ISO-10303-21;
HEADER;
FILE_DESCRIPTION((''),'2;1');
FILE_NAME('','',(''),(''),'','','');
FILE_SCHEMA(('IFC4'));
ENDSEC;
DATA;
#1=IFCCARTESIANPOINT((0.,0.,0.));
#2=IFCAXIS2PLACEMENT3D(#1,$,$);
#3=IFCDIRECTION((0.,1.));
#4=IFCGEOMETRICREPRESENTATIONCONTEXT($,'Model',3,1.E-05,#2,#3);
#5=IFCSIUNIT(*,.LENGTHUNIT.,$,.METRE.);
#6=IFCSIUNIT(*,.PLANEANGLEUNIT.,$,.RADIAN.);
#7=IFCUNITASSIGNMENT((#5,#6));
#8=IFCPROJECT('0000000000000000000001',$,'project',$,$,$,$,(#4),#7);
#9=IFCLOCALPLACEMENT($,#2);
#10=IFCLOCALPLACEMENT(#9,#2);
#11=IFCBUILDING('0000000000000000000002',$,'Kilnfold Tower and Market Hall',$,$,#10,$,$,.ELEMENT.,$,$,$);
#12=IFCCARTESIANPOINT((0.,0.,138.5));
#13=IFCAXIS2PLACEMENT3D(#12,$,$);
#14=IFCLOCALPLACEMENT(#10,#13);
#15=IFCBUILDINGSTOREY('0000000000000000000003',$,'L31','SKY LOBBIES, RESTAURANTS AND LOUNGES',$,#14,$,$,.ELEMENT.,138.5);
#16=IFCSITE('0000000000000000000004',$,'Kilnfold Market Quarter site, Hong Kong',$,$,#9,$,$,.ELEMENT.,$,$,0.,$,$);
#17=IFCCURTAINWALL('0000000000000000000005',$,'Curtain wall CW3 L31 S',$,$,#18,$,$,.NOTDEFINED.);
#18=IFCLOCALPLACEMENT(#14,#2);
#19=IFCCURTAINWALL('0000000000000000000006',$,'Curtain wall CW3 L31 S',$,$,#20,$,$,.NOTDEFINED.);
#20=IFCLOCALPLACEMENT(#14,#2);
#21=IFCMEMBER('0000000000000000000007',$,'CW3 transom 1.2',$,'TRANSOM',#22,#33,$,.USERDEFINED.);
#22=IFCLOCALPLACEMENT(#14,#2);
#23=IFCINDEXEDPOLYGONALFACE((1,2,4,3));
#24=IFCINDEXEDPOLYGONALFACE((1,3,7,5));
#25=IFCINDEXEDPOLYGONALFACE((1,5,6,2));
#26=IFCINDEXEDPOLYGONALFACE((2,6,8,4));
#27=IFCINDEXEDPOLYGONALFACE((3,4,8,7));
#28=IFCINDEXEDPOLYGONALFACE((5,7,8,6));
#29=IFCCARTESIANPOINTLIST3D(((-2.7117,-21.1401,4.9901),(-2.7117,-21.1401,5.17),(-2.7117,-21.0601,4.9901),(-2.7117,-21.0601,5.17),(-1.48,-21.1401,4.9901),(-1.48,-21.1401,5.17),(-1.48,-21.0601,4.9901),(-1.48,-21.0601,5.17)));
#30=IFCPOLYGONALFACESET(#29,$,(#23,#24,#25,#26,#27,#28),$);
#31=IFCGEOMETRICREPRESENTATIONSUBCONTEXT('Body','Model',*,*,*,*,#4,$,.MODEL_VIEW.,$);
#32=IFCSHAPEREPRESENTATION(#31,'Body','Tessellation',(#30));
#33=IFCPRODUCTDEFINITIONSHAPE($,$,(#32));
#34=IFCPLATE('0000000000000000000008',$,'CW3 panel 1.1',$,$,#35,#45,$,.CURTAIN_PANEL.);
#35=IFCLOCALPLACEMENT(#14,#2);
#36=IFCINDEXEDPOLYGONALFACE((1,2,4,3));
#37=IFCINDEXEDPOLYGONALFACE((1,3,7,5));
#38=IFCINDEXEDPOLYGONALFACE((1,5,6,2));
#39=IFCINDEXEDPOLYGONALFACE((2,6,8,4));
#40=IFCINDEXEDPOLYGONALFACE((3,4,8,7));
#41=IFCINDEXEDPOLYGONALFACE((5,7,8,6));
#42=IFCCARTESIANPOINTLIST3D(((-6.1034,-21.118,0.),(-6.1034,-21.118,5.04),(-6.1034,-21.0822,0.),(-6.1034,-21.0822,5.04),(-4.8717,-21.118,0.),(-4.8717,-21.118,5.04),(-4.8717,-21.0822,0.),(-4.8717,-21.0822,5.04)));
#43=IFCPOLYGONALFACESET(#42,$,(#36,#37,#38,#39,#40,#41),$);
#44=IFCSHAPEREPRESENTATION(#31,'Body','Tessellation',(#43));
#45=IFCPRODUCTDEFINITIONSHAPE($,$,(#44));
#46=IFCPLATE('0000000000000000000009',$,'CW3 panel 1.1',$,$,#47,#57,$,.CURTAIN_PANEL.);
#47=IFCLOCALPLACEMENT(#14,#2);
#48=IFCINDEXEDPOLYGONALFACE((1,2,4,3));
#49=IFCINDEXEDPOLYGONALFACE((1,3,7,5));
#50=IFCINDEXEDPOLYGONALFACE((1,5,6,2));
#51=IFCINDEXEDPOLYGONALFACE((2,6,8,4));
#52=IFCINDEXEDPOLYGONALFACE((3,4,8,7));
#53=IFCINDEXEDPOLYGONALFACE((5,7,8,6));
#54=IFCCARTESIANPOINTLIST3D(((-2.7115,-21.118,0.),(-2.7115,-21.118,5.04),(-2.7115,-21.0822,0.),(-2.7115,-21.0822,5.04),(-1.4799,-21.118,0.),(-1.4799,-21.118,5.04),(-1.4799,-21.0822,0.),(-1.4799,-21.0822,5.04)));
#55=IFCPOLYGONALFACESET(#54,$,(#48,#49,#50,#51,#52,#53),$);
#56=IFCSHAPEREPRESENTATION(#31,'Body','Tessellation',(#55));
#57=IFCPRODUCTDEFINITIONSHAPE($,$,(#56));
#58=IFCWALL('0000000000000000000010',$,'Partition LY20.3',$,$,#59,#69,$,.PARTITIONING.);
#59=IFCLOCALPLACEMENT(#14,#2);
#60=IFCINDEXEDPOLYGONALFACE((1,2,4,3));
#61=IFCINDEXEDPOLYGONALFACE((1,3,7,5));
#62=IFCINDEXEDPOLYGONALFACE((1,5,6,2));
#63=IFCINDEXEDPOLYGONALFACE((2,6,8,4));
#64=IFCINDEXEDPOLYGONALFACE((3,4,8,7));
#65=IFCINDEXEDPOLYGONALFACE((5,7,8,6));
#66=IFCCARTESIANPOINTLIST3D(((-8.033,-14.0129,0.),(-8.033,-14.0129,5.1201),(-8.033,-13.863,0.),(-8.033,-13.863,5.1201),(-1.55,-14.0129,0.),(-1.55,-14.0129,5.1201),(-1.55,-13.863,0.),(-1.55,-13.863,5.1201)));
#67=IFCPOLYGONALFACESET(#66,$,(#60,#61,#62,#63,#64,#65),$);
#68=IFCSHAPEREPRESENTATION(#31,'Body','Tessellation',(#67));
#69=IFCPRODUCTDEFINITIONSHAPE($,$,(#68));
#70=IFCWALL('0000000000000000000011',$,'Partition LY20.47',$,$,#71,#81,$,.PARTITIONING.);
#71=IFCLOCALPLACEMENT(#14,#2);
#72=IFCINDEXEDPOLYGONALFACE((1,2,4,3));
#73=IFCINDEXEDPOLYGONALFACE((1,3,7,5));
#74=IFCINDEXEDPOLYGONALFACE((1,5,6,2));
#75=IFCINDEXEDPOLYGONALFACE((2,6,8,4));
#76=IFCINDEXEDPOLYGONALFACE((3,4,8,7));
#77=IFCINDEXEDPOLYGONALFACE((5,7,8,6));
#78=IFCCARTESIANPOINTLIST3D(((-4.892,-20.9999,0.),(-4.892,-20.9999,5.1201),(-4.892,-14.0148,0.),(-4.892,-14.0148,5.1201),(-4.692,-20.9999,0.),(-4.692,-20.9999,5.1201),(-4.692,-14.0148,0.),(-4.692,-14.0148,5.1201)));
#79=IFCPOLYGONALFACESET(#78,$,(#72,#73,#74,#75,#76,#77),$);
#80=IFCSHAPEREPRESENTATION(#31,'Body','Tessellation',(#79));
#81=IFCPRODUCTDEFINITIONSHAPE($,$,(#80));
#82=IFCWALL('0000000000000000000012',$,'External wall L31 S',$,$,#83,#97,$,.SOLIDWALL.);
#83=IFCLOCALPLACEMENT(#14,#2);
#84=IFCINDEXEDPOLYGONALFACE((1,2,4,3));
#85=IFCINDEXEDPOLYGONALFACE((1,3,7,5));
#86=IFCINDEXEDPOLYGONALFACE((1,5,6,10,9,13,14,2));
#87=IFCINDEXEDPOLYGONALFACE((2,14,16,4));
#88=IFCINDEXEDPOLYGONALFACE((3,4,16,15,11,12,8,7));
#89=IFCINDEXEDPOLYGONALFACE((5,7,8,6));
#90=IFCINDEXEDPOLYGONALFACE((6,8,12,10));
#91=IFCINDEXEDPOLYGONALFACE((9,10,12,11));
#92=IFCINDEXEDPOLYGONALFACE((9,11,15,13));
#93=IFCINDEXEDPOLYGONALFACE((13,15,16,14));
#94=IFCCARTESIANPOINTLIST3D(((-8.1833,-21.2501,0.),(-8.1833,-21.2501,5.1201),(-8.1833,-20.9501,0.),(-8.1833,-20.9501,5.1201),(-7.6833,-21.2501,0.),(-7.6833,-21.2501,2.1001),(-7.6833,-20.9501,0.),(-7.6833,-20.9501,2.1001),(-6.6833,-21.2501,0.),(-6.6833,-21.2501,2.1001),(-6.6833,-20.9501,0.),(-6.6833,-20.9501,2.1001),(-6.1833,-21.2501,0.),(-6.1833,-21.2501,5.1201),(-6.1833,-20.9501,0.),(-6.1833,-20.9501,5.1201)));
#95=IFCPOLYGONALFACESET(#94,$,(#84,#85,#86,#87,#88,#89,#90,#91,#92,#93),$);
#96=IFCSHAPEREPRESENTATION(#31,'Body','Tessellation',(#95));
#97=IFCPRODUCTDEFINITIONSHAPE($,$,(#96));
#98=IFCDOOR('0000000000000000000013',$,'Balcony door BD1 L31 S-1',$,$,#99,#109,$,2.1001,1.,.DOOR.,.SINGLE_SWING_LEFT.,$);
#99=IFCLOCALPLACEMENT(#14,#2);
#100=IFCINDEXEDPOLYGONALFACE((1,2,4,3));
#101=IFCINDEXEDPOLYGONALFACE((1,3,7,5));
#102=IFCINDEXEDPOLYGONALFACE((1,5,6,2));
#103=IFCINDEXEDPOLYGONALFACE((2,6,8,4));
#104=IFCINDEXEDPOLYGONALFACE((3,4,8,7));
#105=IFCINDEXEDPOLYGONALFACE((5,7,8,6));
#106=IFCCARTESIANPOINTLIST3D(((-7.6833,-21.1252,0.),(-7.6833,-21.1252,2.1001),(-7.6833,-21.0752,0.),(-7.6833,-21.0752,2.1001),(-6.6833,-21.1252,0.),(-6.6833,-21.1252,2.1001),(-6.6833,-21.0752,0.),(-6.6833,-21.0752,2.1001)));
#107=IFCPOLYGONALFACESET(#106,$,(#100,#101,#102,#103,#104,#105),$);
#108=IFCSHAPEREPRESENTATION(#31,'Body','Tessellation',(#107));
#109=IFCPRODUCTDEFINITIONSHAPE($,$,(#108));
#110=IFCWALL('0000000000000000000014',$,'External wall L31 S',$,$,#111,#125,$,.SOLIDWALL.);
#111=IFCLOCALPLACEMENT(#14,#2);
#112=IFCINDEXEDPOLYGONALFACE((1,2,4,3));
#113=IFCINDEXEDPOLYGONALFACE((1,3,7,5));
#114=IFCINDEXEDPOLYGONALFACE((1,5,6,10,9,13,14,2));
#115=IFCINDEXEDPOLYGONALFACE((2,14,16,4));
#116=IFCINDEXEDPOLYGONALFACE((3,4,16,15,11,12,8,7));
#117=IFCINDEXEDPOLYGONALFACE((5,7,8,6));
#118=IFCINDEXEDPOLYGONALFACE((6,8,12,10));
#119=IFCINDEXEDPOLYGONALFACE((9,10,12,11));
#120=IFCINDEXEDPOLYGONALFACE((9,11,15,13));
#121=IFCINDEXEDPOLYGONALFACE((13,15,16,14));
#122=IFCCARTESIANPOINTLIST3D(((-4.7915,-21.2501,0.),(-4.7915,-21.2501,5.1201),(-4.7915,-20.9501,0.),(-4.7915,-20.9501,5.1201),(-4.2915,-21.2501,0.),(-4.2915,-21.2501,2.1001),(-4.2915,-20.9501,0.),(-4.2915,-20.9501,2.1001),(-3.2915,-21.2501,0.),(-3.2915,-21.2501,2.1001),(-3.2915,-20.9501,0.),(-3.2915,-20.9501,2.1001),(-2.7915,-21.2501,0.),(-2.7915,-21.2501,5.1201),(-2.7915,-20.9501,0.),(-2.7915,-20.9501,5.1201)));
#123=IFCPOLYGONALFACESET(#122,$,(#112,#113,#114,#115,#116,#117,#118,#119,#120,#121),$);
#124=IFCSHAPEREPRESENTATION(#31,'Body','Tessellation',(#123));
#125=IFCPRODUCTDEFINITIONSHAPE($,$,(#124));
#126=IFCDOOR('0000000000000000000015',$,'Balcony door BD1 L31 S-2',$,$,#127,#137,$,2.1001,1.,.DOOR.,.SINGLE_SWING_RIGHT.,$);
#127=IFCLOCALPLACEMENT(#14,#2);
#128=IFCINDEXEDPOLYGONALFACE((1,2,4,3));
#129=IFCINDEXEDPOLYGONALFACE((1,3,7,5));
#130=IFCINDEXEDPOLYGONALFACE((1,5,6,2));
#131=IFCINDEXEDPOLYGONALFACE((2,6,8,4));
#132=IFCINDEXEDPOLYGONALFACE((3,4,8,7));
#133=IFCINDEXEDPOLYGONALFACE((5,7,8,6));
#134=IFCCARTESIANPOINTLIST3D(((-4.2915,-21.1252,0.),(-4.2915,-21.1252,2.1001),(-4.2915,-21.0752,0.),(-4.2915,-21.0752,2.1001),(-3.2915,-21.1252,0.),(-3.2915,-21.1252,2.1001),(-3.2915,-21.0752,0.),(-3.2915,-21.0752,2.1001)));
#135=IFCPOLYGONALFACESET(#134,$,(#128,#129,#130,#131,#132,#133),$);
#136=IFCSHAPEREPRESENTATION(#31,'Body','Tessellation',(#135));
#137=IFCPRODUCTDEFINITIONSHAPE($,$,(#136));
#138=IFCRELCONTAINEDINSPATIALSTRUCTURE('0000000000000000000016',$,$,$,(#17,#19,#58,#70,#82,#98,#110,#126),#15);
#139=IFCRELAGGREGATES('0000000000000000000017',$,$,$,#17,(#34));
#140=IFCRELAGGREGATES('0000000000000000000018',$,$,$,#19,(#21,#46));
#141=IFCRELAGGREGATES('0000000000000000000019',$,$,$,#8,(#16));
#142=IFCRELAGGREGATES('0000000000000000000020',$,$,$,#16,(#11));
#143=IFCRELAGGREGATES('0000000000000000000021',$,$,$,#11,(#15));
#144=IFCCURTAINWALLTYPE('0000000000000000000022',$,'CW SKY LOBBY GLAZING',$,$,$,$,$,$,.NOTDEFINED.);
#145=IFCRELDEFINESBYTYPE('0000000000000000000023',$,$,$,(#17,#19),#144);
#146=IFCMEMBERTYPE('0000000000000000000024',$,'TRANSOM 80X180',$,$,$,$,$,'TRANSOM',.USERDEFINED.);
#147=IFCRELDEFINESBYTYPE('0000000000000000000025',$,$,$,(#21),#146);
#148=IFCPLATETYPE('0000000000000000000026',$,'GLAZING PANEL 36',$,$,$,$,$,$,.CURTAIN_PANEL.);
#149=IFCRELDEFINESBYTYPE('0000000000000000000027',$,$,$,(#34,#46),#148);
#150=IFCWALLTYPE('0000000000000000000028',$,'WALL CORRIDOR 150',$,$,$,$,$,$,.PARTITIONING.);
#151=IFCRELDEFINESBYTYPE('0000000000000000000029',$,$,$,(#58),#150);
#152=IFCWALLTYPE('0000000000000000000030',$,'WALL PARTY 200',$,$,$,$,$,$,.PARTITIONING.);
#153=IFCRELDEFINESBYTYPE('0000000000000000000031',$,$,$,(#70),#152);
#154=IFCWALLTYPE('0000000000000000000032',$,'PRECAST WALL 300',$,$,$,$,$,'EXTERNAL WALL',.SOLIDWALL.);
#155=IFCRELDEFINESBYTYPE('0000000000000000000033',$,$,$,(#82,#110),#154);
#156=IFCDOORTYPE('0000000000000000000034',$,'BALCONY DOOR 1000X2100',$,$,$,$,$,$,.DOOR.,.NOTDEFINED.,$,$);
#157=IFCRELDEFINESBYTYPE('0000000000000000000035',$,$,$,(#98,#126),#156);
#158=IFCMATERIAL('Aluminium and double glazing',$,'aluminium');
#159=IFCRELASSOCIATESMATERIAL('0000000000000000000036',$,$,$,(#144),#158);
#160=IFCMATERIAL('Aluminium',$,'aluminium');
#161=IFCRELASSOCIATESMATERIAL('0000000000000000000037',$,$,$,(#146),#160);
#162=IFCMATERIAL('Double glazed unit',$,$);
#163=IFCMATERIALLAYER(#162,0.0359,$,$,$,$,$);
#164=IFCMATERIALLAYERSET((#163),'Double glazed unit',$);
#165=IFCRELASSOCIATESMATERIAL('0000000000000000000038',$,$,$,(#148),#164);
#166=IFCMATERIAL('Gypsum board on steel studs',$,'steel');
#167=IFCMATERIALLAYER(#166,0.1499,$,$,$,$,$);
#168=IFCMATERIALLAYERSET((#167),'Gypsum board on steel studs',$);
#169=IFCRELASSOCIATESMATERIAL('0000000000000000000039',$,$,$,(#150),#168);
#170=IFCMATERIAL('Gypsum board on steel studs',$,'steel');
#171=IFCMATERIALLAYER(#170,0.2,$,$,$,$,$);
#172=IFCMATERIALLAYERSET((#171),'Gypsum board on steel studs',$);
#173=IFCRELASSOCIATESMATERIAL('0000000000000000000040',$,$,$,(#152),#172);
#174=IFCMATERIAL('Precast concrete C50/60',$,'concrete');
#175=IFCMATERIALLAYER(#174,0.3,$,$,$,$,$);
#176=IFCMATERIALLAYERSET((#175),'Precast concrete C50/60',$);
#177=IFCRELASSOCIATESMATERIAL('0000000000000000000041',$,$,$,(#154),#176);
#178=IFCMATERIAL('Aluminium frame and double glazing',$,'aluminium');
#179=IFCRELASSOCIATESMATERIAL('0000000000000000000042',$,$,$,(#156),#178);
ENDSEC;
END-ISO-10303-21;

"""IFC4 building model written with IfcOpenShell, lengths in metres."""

from ifc_helpers import new_model, si_unit, direction, frame, frame_2d, origin, origin_2d, place, context, subcontext, project, spatial, rectangle, extrude, source, transform, mapped, material, layer, layer_set, material_profile, profile_set, type_object, element, fill, aggregate, save


model = new_model("IFC4")

# Units and contexts
model_context = context("Model", 3, precision=1e-05, world=origin(), true_north=direction((0.0, 1.0)))
body_context = subcontext(model_context, "Body", "Model", "MODEL_VIEW")
ifc_project = project(units=[si_unit("LENGTHUNIT", "METRE"), si_unit("PLANEANGLEUNIT", "RADIAN")], contexts=[model_context])

# Site, building, storey
site_placement = place(None, origin())
site = spatial("IfcSite", under=ifc_project, at=site_placement, Name="Kilnfold Market Quarter site, Hong Kong", CompositionType="ELEMENT", RefElevation=0.0)
building_placement = place(site_placement, origin())
building = spatial("IfcBuilding", under=site, at=building_placement, Name="Kilnfold Tower and Market Hall", CompositionType="ELEMENT")
storey_placement = place(building_placement, frame((0.0, 0.0, 138.5)))
storey = spatial("IfcBuildingStorey", under=building, at=storey_placement, Name="L31", Description="SKY LOBBIES, RESTAURANTS AND LOUNGES", CompositionType="ELEMENT", Elevation=138.5)

# Shared definitions
ifc_material_1 = material(Name="Aluminium and double glazing", Category="aluminium")
curtain_wall_type = type_object("IfcCurtainWallType", Name="CW SKY LOBBY GLAZING", PredefinedType="NOTDEFINED", material=ifc_material_1)

# Curtain wall
curtain_wall_1_placement = place(storey_placement, origin())
curtain_wall_1 = element("IfcCurtainWall", 1, at=curtain_wall_1_placement, inside=storey, type_object=curtain_wall_type, Name="Curtain wall CW3 L31 S", PredefinedType="NOTDEFINED")

# Curtain wall
curtain_wall_2_placement = place(storey_placement, origin())
curtain_wall_2 = element("IfcCurtainWall", 2, at=curtain_wall_2_placement, inside=storey, type_object=curtain_wall_type, Name="Curtain wall CW3 L31 S", PredefinedType="NOTDEFINED")

# Member
ifc_material_2 = material(Name="Aluminium", Category="aluminium")
ifc_material_profile_1 = material_profile(ifc_material_2, rectangle(XDim=0.0801, YDim=0.1799, at=origin_2d()), Name="TRANSOM 80x180")
ifc_profile_set_1 = profile_set([ifc_material_profile_1], Name="Aluminium")
member_type_1 = type_object("IfcMemberType", Name="TRANSOM 80X180", ElementType="TRANSOM", PredefinedType="USERDEFINED", material=ifc_profile_set_1)
shared_shape_1 = source(origin(), body_context, "Body", "SweptSolid", [
    extrude(rectangle(XDim=0.0801, YDim=0.1799, at=origin_2d()), origin(), (0.0, 0.0, 1.0), 1.2317),
])
member_1_placement = place(storey_placement, frame((-2.7117, -21.1001, 5.0801), z_axis=(1.0, 0.0, 0.0), x_axis=(0.0, 1.0, 0.0)))
member_1 = element("IfcMember", 3, at=member_1_placement, type_object=member_type_1, Name="CW3 transom 1.2", ObjectType="TRANSOM", PredefinedType="USERDEFINED", context=body_context, shape_type="MappedRepresentation", body=[
    mapped(shared_shape_1, transform((0.0, 0.0, 0.0))),
])

# Plates
ifc_material_3 = material(Name="Double glazed unit")
ifc_layer_1 = layer(ifc_material_3, 0.0359)
ifc_layer_set_1 = layer_set([ifc_layer_1], Name="Double glazed unit")
plate_type = type_object("IfcPlateType", Name="GLAZING PANEL 36", PredefinedType="CURTAIN_PANEL", material=ifc_layer_set_1)
shared_shape_2 = source(origin(), body_context, "Body", "SweptSolid", [
    extrude(rectangle(XDim=1.2317, YDim=0.0359, at=origin_2d()), origin(), (0.0, 0.0, 1.0), 5.04),
])
plate_1_placement = place(storey_placement, frame((-5.4875, -21.1001, 0.0), z_axis=(0.0, 0.0, 1.0), x_axis=(1.0, 0.0, 0.0)))
plate_1 = element("IfcPlate", 4, at=plate_1_placement, type_object=plate_type, Name="CW3 panel 1.1", PredefinedType="CURTAIN_PANEL", context=body_context, shape_type="MappedRepresentation", body=[
    mapped(shared_shape_2, transform((0.0, 0.0, 0.0))),
])
aggregate(curtain_wall_1, [plate_1])
plate_2_placement = place(storey_placement, frame((-2.0957, -21.1001, 0.0), z_axis=(0.0, 0.0, 1.0), x_axis=(1.0, 0.0, 0.0)))
plate_2 = element("IfcPlate", 5, at=plate_2_placement, type_object=plate_type, Name="CW3 panel 1.1", PredefinedType="CURTAIN_PANEL", context=body_context, shape_type="MappedRepresentation", body=[
    mapped(shared_shape_2, transform((0.0, 0.0, 0.0))),
])
aggregate(curtain_wall_2, [member_1, plate_2])

# Walls
ifc_material_4 = material(Name="Gypsum board on steel studs", Category="steel")
ifc_layer_2 = layer(ifc_material_4, 0.1499)
ifc_layer_set_2 = layer_set([ifc_layer_2], Name="Gypsum board on steel studs")
wall_type_1 = type_object("IfcWallType", Name="WALL CORRIDOR 150", PredefinedType="PARTITIONING", material=ifc_layer_set_2)
wall_1_placement = place(storey_placement, frame((-8.033, -13.938, 0.0), z_axis=(0.0, 0.0, 1.0), x_axis=(1.0, 0.0, 0.0)))
element("IfcWall", 6, at=wall_1_placement, inside=storey, type_object=wall_type_1, Name="Partition LY20.3", PredefinedType="PARTITIONING", context=body_context, shape_type="SweptSolid", body=[
    extrude(rectangle(XDim=6.4829, YDim=0.1499, at=frame_2d((3.2415, 0.0))), origin(), (0.0, 0.0, 1.0), 5.1201),
])
ifc_material_5 = material(Name="Gypsum board on steel studs", Category="steel")
ifc_layer_3 = layer(ifc_material_5, 0.2)
ifc_layer_set_3 = layer_set([ifc_layer_3], Name="Gypsum board on steel studs")
wall_type_2 = type_object("IfcWallType", Name="WALL PARTY 200", PredefinedType="PARTITIONING", material=ifc_layer_set_3)
wall_2_placement = place(storey_placement, frame((-4.792, -21.0, 0.0), z_axis=(0.0, 0.0, 1.0), x_axis=(0.0, 1.0, 0.0)))
element("IfcWall", 7, at=wall_2_placement, inside=storey, type_object=wall_type_2, Name="Partition LY20.47", PredefinedType="PARTITIONING", context=body_context, shape_type="SweptSolid", body=[
    extrude(rectangle(XDim=6.9851, YDim=0.2, at=frame_2d((3.4927, 0.0))), origin(), (0.0, 0.0, 1.0), 5.1201),
])

# Walls, openings, doors
ifc_material_6 = material(Name="Precast concrete C50/60", Category="concrete")
ifc_layer_4 = layer(ifc_material_6, 0.3)
ifc_layer_set_4 = layer_set([ifc_layer_4], Name="Precast concrete C50/60")
wall_type_3 = type_object("IfcWallType", Name="PRECAST WALL 300", ElementType="EXTERNAL WALL", PredefinedType="SOLIDWALL", material=ifc_layer_set_4)
shared_shape_3 = source(origin(), body_context, "Body", "SweptSolid", [
    extrude(rectangle(XDim=2.0, YDim=0.3, at=frame_2d((1.0, 0.0))), origin(), (0.0, 0.0, 1.0), 5.1201),
])
wall_3_placement = place(storey_placement, frame((-8.1833, -21.1001, 0.0), z_axis=(0.0, 0.0, 1.0), x_axis=(1.0, 0.0, 0.0)))
wall_3 = element("IfcWall", 8, at=wall_3_placement, inside=storey, type_object=wall_type_3, Name="External wall L31 S", PredefinedType="SOLIDWALL", context=body_context, shape_type="MappedRepresentation", body=[
    mapped(shared_shape_3, transform((0.0, 0.0, 0.0))),
])
opening_1_placement = place(wall_3_placement, frame((0.5, 0.0, 0.0)))
opening_1 = element("IfcOpeningElement", 9, at=opening_1_placement, cuts=wall_3, PredefinedType="OPENING", context=body_context, shape_type="SweptSolid", body=[
    extrude(rectangle(XDim=1.0, YDim=2.1001, at=frame_2d((0.5, 1.05))), frame((0.0, 0.1602, 0.0), z_axis=(0.0, -1.0, 0.0), x_axis=(1.0, 0.0, 0.0)), (0.0, 0.0, 1.0), 0.3201),
])
ifc_material_7 = material(Name="Aluminium frame and double glazing", Category="aluminium")
door_type = type_object("IfcDoorType", Name="BALCONY DOOR 1000X2100", OperationType="NOTDEFINED", PredefinedType="DOOR", material=ifc_material_7)
door_1_placement = place(opening_1_placement, origin())
door_1 = element("IfcDoor", 10, at=door_1_placement, inside=storey, type_object=door_type, Name="Balcony door BD1 L31 S-1", OperationType="SINGLE_SWING_LEFT", OverallHeight=2.1001, OverallWidth=1.0, PredefinedType="DOOR", context=body_context, shape_type="SweptSolid", body=[
    extrude(rectangle(XDim=1.0, YDim=2.1001, at=frame_2d((0.5, 1.05))), frame((0.0, 0.0249, 0.0), z_axis=(0.0, -1.0, 0.0), x_axis=(1.0, 0.0, 0.0)), (0.0, 0.0, 1.0), 0.05),
])
fill(opening_1, door_1)
wall_4_placement = place(storey_placement, frame((-4.7915, -21.1001, 0.0), z_axis=(0.0, 0.0, 1.0), x_axis=(1.0, 0.0, 0.0)))
wall_4 = element("IfcWall", 11, at=wall_4_placement, inside=storey, type_object=wall_type_3, Name="External wall L31 S", PredefinedType="SOLIDWALL", context=body_context, shape_type="MappedRepresentation", body=[
    mapped(shared_shape_3, transform((0.0, 0.0, 0.0))),
])
opening_2_placement = place(wall_4_placement, frame((0.5, 0.0, 0.0)))
opening_2 = element("IfcOpeningElement", 12, at=opening_2_placement, cuts=wall_4, PredefinedType="OPENING", context=body_context, shape_type="SweptSolid", body=[
    extrude(rectangle(XDim=1.0, YDim=2.1001, at=frame_2d((0.5, 1.05))), frame((0.0, 0.1602, 0.0), z_axis=(0.0, -1.0, 0.0), x_axis=(1.0, 0.0, 0.0)), (0.0, 0.0, 1.0), 0.3201),
])
door_2_placement = place(opening_2_placement, origin())
door_2 = element("IfcDoor", 13, at=door_2_placement, inside=storey, type_object=door_type, Name="Balcony door BD1 L31 S-2", OperationType="SINGLE_SWING_RIGHT", OverallHeight=2.1001, OverallWidth=1.0, PredefinedType="DOOR", context=body_context, shape_type="SweptSolid", body=[
    extrude(rectangle(XDim=1.0, YDim=2.1001, at=frame_2d((0.5, 1.05))), frame((0.0, 0.0249, 0.0), z_axis=(0.0, -1.0, 0.0), x_axis=(1.0, 0.0, 0.0)), (0.0, 0.0, 1.0), 0.05),
])
fill(opening_2, door_2)

save(model, "model.ifc")
